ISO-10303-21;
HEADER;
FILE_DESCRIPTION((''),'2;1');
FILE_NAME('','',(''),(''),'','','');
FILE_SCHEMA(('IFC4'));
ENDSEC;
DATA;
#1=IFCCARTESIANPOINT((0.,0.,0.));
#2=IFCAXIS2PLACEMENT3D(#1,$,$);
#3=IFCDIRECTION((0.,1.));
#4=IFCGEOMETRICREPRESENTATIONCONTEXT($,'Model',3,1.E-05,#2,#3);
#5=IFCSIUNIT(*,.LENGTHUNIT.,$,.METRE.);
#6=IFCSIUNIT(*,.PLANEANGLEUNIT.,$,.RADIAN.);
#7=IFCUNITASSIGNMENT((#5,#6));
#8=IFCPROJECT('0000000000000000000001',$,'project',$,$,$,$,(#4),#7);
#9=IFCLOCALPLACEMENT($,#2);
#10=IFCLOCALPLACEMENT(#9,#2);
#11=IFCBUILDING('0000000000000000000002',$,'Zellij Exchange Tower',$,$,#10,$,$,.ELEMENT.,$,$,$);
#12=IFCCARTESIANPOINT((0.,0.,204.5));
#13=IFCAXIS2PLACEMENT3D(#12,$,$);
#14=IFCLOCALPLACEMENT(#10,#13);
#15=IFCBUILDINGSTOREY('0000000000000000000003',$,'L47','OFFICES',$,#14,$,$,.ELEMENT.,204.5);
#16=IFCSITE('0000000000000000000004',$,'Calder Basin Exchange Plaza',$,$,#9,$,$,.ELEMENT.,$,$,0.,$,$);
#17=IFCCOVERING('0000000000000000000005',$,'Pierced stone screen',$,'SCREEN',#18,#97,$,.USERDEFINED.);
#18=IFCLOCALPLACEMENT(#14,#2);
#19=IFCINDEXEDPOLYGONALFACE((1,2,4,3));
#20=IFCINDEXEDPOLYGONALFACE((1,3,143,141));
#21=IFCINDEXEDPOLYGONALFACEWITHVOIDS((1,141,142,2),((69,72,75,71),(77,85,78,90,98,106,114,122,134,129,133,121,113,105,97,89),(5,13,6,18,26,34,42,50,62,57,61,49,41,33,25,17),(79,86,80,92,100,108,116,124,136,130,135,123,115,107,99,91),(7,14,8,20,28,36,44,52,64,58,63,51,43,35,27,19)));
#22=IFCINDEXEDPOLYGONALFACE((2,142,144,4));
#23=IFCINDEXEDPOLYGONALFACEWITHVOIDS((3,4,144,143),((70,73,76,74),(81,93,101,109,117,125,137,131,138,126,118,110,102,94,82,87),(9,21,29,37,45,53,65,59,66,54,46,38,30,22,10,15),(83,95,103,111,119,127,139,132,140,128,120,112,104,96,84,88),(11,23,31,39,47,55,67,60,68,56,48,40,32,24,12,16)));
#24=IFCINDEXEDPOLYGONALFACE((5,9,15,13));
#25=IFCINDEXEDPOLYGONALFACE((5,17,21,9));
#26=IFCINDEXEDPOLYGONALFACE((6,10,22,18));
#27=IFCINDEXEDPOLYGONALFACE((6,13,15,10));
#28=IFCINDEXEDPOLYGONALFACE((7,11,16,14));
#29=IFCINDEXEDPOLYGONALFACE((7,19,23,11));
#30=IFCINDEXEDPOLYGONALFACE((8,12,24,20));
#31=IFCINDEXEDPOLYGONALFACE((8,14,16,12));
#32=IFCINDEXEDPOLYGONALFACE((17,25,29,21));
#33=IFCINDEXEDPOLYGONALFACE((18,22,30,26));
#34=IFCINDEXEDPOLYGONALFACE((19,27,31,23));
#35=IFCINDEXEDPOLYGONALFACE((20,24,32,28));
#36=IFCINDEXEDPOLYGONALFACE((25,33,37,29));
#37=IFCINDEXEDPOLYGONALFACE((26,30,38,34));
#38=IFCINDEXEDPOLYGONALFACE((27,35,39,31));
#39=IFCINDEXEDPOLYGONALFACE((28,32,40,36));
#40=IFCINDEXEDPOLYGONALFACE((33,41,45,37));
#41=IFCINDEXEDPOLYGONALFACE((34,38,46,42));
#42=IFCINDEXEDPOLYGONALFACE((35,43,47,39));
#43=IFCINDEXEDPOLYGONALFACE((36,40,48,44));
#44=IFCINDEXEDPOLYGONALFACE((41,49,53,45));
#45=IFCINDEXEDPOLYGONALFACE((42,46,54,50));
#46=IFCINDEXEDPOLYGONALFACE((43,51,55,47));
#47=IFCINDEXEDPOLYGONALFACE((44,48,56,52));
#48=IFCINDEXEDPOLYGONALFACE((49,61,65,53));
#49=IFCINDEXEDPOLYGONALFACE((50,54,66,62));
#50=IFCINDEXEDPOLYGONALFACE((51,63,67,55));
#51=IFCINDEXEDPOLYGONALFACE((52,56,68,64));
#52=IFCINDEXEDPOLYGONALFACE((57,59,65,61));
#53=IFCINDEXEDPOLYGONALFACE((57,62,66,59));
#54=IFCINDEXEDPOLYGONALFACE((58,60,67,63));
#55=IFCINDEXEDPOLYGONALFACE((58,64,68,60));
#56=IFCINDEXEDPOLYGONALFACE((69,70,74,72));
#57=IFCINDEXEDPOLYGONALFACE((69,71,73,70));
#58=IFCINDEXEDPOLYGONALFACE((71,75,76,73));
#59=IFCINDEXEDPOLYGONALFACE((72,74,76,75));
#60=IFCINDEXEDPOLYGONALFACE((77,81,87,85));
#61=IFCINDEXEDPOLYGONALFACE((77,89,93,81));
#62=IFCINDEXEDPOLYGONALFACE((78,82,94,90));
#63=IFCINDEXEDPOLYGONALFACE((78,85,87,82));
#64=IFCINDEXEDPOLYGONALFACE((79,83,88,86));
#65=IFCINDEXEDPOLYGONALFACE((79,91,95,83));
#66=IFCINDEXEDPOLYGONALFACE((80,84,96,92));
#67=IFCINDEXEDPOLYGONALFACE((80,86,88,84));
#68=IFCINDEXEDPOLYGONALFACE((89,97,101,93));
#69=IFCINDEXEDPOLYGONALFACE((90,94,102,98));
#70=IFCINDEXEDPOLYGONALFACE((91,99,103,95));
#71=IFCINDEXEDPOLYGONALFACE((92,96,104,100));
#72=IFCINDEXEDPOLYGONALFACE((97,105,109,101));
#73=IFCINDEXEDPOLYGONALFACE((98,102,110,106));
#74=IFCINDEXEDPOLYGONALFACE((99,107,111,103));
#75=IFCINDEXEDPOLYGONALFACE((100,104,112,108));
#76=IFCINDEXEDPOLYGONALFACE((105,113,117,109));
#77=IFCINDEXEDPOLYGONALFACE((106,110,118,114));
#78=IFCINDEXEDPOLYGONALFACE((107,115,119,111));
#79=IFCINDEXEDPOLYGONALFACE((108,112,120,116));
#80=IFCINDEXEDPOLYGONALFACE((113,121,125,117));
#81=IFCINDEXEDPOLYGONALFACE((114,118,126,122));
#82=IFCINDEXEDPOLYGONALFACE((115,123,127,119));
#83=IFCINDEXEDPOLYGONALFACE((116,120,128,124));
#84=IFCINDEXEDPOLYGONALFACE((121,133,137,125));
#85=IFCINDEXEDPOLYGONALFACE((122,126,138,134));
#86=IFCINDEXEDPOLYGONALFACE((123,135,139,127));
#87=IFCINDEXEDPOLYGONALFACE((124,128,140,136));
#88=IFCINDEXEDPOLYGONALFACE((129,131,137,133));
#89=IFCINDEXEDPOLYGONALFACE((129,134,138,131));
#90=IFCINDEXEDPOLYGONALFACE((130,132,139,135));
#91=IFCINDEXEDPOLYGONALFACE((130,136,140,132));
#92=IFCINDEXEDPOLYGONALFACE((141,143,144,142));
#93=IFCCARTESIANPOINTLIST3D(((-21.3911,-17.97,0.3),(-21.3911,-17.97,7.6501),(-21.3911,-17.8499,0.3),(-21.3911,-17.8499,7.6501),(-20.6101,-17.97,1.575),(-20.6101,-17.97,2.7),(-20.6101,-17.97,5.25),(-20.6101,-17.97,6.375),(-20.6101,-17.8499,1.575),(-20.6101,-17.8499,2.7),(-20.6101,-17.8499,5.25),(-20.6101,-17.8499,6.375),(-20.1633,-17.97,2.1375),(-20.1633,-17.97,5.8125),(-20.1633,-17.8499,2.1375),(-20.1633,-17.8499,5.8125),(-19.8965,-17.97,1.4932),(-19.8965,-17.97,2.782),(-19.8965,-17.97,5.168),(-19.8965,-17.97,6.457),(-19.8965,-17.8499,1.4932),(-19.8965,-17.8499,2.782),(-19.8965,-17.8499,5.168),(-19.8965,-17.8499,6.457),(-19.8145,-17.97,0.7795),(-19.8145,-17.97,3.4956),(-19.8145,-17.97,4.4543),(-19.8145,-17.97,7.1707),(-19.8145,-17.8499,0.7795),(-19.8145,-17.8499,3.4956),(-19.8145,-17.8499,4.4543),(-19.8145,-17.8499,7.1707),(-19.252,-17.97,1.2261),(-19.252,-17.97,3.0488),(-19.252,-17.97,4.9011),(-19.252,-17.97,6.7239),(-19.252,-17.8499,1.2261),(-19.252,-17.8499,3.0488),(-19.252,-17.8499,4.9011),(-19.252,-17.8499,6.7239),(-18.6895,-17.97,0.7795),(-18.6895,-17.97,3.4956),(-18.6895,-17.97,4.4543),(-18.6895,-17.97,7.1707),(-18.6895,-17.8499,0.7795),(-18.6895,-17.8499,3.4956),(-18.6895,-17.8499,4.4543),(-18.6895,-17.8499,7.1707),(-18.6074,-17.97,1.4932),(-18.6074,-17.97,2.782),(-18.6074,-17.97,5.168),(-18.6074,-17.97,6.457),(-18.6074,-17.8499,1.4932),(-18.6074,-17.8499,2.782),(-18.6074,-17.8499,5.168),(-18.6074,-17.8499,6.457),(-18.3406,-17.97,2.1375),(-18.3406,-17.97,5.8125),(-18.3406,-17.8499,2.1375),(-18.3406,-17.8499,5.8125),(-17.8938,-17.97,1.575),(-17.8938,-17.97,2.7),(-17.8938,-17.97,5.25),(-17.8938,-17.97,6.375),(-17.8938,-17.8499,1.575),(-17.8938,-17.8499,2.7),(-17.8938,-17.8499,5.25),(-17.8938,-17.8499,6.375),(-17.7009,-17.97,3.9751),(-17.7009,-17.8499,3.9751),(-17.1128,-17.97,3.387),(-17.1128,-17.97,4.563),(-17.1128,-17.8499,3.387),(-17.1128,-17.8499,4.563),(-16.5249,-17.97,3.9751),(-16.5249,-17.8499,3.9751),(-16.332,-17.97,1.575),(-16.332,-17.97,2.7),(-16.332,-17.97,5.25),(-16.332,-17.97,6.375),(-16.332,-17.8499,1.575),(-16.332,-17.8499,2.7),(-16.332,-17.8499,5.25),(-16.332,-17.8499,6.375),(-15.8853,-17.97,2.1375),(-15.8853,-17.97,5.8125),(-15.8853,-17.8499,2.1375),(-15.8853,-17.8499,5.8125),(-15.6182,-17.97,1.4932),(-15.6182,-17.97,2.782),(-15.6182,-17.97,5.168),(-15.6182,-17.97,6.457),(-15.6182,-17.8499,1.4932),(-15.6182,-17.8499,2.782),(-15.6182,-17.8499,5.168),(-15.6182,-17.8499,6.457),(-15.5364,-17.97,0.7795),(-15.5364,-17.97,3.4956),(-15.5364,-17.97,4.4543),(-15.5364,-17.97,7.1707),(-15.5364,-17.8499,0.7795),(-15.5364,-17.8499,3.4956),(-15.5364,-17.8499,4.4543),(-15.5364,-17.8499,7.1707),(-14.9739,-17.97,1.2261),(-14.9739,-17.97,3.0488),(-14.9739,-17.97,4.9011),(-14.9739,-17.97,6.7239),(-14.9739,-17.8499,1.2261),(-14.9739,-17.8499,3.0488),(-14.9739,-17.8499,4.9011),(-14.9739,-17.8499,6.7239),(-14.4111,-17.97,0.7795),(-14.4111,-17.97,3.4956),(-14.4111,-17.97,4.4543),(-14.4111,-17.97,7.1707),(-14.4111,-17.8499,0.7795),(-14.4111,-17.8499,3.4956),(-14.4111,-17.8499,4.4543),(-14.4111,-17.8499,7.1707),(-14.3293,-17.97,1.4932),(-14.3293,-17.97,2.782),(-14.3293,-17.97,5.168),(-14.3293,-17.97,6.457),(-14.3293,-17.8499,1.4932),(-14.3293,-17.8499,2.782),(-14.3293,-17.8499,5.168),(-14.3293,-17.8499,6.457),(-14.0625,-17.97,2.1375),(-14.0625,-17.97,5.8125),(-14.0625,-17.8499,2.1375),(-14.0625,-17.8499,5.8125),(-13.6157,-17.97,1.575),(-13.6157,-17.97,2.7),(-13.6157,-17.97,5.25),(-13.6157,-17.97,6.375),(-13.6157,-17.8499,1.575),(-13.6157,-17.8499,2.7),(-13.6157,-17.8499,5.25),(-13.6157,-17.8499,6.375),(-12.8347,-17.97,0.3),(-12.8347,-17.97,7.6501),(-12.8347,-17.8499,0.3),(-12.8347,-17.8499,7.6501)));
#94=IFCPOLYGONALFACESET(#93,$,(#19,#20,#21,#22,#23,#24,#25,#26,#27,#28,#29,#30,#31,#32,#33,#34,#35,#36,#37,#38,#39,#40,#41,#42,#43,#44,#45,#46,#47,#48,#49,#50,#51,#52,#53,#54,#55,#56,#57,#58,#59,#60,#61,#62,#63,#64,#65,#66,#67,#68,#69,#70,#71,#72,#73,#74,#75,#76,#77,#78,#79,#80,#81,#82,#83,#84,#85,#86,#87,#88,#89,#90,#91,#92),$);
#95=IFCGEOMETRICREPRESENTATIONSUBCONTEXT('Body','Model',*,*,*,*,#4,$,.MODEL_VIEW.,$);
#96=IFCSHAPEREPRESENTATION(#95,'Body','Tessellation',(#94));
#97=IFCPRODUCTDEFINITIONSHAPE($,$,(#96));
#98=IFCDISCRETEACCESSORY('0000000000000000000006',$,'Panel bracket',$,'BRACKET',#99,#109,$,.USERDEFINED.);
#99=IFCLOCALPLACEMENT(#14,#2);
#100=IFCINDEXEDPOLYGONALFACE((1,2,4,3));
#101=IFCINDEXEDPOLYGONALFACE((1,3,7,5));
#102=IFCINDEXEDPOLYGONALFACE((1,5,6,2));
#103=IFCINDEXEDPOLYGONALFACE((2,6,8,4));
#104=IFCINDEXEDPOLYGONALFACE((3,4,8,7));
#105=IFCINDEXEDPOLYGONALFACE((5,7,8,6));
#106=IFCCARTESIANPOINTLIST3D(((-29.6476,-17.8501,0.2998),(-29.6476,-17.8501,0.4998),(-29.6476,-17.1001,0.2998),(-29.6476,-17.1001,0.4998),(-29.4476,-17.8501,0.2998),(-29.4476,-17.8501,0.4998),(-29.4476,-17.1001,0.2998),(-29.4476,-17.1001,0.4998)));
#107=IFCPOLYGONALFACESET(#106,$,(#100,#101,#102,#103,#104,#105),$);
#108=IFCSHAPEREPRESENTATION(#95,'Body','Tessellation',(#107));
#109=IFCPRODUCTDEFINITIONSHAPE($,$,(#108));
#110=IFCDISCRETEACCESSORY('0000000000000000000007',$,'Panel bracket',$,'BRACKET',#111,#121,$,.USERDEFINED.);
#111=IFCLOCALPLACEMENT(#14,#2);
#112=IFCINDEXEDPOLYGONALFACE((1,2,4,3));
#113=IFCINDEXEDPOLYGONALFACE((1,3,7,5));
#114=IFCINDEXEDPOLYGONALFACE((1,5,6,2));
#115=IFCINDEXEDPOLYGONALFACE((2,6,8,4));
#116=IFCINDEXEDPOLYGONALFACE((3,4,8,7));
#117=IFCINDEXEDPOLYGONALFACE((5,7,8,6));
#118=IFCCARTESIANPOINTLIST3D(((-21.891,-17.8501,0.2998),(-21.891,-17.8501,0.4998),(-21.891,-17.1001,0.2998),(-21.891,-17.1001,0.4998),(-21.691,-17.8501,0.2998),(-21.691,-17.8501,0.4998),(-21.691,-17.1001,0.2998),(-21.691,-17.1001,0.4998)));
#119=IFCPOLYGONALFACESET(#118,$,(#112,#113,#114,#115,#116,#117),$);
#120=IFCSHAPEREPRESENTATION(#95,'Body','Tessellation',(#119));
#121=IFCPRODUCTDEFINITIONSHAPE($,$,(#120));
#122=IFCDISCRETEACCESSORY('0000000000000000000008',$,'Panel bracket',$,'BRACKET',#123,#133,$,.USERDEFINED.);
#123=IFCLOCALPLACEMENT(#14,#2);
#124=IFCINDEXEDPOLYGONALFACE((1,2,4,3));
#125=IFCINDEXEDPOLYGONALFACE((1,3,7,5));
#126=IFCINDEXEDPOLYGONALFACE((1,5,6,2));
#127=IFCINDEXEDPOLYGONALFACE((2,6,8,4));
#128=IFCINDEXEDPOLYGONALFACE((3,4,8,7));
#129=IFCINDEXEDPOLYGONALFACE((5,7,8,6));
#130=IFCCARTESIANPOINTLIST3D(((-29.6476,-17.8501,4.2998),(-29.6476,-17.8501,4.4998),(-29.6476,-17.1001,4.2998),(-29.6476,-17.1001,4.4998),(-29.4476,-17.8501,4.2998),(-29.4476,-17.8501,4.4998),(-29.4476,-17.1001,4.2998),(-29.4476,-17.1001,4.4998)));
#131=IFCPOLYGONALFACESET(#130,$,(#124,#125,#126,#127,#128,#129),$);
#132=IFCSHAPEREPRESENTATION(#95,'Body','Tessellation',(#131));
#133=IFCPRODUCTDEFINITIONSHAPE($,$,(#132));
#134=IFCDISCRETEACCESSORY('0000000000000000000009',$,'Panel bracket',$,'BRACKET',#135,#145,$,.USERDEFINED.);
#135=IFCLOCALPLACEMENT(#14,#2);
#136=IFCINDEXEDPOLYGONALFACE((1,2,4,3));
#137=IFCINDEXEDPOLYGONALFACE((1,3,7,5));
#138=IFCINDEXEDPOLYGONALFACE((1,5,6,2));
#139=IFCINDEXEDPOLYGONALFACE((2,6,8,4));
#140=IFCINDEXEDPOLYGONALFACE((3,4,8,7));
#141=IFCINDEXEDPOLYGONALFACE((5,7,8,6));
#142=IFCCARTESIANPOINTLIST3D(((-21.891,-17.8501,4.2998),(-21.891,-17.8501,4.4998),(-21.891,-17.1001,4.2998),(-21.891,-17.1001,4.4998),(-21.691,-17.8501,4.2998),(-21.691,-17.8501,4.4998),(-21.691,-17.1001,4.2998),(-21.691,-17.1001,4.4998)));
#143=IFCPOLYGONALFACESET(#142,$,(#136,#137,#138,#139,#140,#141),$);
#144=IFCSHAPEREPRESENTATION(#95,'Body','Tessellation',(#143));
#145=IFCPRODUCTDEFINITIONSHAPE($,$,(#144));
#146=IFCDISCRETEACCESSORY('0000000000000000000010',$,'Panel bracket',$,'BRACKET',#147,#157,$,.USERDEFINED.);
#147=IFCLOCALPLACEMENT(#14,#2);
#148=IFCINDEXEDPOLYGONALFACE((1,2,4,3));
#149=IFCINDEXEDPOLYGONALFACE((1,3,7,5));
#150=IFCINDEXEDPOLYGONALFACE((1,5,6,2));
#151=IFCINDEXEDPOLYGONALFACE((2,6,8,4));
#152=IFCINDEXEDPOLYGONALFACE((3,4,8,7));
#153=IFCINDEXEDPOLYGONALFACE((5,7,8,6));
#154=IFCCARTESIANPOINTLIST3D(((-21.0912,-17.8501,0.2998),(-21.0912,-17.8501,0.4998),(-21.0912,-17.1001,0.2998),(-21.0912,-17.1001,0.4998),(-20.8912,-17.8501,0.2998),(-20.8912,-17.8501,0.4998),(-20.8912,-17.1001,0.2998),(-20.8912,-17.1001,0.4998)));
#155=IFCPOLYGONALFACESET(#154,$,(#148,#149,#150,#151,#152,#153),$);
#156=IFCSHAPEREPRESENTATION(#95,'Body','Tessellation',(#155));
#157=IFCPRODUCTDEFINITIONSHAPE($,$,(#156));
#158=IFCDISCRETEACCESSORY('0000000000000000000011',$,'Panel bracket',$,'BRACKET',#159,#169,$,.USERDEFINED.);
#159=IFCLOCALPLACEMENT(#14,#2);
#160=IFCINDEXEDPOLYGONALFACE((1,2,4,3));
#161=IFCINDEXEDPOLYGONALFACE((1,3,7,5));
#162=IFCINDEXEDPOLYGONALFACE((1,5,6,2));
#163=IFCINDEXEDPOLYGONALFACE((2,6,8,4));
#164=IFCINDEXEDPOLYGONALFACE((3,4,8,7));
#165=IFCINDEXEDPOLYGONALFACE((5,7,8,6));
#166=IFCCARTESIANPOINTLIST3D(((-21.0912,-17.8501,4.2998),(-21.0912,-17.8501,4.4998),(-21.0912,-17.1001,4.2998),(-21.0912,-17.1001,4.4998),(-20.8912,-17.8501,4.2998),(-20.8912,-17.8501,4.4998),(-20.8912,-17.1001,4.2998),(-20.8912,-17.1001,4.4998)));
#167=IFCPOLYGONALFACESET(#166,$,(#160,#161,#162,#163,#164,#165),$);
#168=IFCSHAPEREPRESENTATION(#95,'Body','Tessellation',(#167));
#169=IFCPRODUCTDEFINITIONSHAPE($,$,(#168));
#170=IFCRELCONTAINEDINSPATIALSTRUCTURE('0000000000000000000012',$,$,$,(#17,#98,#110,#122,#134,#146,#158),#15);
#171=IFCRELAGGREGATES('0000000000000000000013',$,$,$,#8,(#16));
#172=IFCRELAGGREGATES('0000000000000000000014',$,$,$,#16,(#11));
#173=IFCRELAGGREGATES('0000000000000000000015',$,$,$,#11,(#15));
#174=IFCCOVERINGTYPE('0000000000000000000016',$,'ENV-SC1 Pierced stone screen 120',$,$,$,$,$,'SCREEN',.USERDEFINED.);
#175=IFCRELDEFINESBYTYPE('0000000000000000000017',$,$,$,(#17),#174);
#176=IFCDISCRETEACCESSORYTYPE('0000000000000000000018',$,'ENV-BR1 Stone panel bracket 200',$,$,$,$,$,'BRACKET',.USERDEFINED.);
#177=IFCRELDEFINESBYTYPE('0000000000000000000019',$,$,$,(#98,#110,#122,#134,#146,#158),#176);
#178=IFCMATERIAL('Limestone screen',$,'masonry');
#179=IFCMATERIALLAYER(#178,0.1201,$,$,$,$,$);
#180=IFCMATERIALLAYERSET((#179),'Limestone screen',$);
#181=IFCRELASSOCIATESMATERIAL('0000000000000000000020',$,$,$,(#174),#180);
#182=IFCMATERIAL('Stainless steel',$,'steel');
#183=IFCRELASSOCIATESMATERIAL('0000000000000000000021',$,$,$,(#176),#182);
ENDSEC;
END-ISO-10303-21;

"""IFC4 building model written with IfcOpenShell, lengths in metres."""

from ifc_helpers import new_model, si_unit, direction, frame, origin, origin_2d, place, context, subcontext, project, spatial, polyline, rectangle, outline, extrude, material, layer, layer_set, type_object, element, save


model = new_model("IFC4")

# Units and contexts
model_context = context("Model", 3, precision=1e-05, world=origin(), true_north=direction((0.0, 1.0)))
body_context = subcontext(model_context, "Body", "Model", "MODEL_VIEW")
ifc_project = project(units=[si_unit("LENGTHUNIT", "METRE"), si_unit("PLANEANGLEUNIT", "RADIAN")], contexts=[model_context])

# Site, building, storey
site_placement = place(None, origin())
site = spatial("IfcSite", under=ifc_project, at=site_placement, Name="Calder Basin Exchange Plaza", CompositionType="ELEMENT", RefElevation=0.0)
building_placement = place(site_placement, origin())
building = spatial("IfcBuilding", under=site, at=building_placement, Name="Zellij Exchange Tower", CompositionType="ELEMENT")
storey_placement = place(building_placement, frame((0.0, 0.0, 204.5)))
storey = spatial("IfcBuildingStorey", under=building, at=storey_placement, Name="L47", Description="OFFICES", CompositionType="ELEMENT", Elevation=204.5)

# Shared definitions
ifc_material_1 = material(Name="Stainless steel", Category="steel")

# Covering
ifc_material_2 = material(Name="Limestone screen", Category="masonry")
ifc_layer_1 = layer(ifc_material_2, 0.1201)
ifc_layer_set_1 = layer_set([ifc_layer_1], Name="Limestone screen")
covering_type = type_object("IfcCoveringType", Name="ENV-SC1 Pierced stone screen 120", ElementType="SCREEN", PredefinedType="USERDEFINED", material=ifc_layer_set_1)
covering_placement = place(storey_placement, frame((-21.3911, -17.9099, 0.3), z_axis=(0.0, 0.0, 1.0), x_axis=(1.0, 0.0, 0.0)))
element("IfcCovering", 1, at=covering_placement, inside=storey, type_object=covering_type, Name="Pierced stone screen", ObjectType="SCREEN", PredefinedType="USERDEFINED", context=body_context, shape_type="SweptSolid", body=[
    extrude(outline(polyline([(0.0, 0.0), (8.5564, 0.0), (8.5564, 7.3501), (0.0, 7.3501), (0.0, 0.0)]), holes=[polyline([(3.4973, 2.3999), (2.7837, 2.4819), (2.7017, 3.1956), (2.1392, 2.7488), (1.5767, 3.1956), (1.4946, 2.4819), (0.781, 2.3999), (1.2278, 1.8374), (0.781, 1.2749), (1.4946, 1.1931), (1.5767, 0.4795), (2.1392, 0.926), (2.7017, 0.4795), (2.7837, 1.1931), (3.4973, 1.2749), (3.0505, 1.8374), (3.4973, 2.3999)]), polyline([(3.4973, 6.075), (2.7837, 6.157), (2.7017, 6.8706), (2.1392, 6.4238), (1.5767, 6.8706), (1.4946, 6.157), (0.781, 6.075), (1.2278, 5.5125), (0.781, 4.95), (1.4946, 4.8679), (1.5767, 4.1543), (2.1392, 4.6011), (2.7017, 4.1543), (2.7837, 4.8679), (3.4973, 4.95), (3.0505, 5.5125), (3.4973, 6.075)]), polyline([(7.7754, 2.3999), (7.0618, 2.4819), (6.98, 3.1956), (6.4172, 2.7488), (5.8547, 3.1956), (5.7729, 2.4819), (5.0591, 2.3999), (5.5059, 1.8374), (5.0591, 1.2749), (5.7729, 1.1931), (5.8547, 0.4795), (6.4172, 0.926), (6.98, 0.4795), (7.0618, 1.1931), (7.7754, 1.2749), (7.3286, 1.8374), (7.7754, 2.3999)]), polyline([(7.7754, 6.075), (7.0618, 6.157), (6.98, 6.8706), (6.4172, 6.4238), (5.8547, 6.8706), (5.7729, 6.157), (5.0591, 6.075), (5.5059, 5.5125), (5.0591, 4.95), (5.7729, 4.8679), (5.8547, 4.1543), (6.4172, 4.6011), (6.98, 4.1543), (7.0618, 4.8679), (7.7754, 4.95), (7.3286, 5.5125), (7.7754, 6.075)]), polyline([(4.8662, 3.675), (4.2783, 4.2629), (3.6902, 3.675), (4.2783, 3.0869), (4.8662, 3.675)])]), frame((0.0, 0.0601, 0.0), z_axis=(0.0, -1.0, 0.0), x_axis=(1.0, 0.0, 0.0)), (0.0, 0.0, 1.0), 0.1201),
])

# Discrete accessories
discrete_accessory_type = type_object("IfcDiscreteAccessoryType", Name="ENV-BR1 Stone panel bracket 200", ElementType="BRACKET", PredefinedType="USERDEFINED", material=ifc_material_1)
for number, where, z_axis, x_axis, name in (
    (2, (-29.5476, -17.4751, 0.2998), (0.0, 0.0, 1.0), (1.0, 0.0, 0.0), "Panel bracket"),
    (3, (-21.791, -17.4751, 0.2998), (0.0, 0.0, 1.0), (1.0, 0.0, 0.0), "Panel bracket"),
    (4, (-29.5476, -17.4751, 4.2998), (0.0, 0.0, 1.0), (1.0, 0.0, 0.0), "Panel bracket"),
    (5, (-21.791, -17.4751, 4.2998), (0.0, 0.0, 1.0), (1.0, 0.0, 0.0), "Panel bracket"),
    (6, (-20.9912, -17.4751, 0.2998), (0.0, 0.0, 1.0), (1.0, 0.0, 0.0), "Panel bracket"),
    (7, (-20.9912, -17.4751, 4.2998), (0.0, 0.0, 1.0), (1.0, 0.0, 0.0), "Panel bracket"),
):
    element("IfcDiscreteAccessory", number, at=place(storey_placement, frame(where, z_axis=z_axis, x_axis=x_axis)), inside=storey, type_object=discrete_accessory_type, Name=name, ObjectType="BRACKET", PredefinedType="USERDEFINED", context=body_context, shape_type="SweptSolid", body=[
        extrude(rectangle(XDim=0.2, YDim=0.75, at=origin_2d()), origin(), (0.0, 0.0, 1.0), 0.2),
    ])

save(model, "model.ifc")
